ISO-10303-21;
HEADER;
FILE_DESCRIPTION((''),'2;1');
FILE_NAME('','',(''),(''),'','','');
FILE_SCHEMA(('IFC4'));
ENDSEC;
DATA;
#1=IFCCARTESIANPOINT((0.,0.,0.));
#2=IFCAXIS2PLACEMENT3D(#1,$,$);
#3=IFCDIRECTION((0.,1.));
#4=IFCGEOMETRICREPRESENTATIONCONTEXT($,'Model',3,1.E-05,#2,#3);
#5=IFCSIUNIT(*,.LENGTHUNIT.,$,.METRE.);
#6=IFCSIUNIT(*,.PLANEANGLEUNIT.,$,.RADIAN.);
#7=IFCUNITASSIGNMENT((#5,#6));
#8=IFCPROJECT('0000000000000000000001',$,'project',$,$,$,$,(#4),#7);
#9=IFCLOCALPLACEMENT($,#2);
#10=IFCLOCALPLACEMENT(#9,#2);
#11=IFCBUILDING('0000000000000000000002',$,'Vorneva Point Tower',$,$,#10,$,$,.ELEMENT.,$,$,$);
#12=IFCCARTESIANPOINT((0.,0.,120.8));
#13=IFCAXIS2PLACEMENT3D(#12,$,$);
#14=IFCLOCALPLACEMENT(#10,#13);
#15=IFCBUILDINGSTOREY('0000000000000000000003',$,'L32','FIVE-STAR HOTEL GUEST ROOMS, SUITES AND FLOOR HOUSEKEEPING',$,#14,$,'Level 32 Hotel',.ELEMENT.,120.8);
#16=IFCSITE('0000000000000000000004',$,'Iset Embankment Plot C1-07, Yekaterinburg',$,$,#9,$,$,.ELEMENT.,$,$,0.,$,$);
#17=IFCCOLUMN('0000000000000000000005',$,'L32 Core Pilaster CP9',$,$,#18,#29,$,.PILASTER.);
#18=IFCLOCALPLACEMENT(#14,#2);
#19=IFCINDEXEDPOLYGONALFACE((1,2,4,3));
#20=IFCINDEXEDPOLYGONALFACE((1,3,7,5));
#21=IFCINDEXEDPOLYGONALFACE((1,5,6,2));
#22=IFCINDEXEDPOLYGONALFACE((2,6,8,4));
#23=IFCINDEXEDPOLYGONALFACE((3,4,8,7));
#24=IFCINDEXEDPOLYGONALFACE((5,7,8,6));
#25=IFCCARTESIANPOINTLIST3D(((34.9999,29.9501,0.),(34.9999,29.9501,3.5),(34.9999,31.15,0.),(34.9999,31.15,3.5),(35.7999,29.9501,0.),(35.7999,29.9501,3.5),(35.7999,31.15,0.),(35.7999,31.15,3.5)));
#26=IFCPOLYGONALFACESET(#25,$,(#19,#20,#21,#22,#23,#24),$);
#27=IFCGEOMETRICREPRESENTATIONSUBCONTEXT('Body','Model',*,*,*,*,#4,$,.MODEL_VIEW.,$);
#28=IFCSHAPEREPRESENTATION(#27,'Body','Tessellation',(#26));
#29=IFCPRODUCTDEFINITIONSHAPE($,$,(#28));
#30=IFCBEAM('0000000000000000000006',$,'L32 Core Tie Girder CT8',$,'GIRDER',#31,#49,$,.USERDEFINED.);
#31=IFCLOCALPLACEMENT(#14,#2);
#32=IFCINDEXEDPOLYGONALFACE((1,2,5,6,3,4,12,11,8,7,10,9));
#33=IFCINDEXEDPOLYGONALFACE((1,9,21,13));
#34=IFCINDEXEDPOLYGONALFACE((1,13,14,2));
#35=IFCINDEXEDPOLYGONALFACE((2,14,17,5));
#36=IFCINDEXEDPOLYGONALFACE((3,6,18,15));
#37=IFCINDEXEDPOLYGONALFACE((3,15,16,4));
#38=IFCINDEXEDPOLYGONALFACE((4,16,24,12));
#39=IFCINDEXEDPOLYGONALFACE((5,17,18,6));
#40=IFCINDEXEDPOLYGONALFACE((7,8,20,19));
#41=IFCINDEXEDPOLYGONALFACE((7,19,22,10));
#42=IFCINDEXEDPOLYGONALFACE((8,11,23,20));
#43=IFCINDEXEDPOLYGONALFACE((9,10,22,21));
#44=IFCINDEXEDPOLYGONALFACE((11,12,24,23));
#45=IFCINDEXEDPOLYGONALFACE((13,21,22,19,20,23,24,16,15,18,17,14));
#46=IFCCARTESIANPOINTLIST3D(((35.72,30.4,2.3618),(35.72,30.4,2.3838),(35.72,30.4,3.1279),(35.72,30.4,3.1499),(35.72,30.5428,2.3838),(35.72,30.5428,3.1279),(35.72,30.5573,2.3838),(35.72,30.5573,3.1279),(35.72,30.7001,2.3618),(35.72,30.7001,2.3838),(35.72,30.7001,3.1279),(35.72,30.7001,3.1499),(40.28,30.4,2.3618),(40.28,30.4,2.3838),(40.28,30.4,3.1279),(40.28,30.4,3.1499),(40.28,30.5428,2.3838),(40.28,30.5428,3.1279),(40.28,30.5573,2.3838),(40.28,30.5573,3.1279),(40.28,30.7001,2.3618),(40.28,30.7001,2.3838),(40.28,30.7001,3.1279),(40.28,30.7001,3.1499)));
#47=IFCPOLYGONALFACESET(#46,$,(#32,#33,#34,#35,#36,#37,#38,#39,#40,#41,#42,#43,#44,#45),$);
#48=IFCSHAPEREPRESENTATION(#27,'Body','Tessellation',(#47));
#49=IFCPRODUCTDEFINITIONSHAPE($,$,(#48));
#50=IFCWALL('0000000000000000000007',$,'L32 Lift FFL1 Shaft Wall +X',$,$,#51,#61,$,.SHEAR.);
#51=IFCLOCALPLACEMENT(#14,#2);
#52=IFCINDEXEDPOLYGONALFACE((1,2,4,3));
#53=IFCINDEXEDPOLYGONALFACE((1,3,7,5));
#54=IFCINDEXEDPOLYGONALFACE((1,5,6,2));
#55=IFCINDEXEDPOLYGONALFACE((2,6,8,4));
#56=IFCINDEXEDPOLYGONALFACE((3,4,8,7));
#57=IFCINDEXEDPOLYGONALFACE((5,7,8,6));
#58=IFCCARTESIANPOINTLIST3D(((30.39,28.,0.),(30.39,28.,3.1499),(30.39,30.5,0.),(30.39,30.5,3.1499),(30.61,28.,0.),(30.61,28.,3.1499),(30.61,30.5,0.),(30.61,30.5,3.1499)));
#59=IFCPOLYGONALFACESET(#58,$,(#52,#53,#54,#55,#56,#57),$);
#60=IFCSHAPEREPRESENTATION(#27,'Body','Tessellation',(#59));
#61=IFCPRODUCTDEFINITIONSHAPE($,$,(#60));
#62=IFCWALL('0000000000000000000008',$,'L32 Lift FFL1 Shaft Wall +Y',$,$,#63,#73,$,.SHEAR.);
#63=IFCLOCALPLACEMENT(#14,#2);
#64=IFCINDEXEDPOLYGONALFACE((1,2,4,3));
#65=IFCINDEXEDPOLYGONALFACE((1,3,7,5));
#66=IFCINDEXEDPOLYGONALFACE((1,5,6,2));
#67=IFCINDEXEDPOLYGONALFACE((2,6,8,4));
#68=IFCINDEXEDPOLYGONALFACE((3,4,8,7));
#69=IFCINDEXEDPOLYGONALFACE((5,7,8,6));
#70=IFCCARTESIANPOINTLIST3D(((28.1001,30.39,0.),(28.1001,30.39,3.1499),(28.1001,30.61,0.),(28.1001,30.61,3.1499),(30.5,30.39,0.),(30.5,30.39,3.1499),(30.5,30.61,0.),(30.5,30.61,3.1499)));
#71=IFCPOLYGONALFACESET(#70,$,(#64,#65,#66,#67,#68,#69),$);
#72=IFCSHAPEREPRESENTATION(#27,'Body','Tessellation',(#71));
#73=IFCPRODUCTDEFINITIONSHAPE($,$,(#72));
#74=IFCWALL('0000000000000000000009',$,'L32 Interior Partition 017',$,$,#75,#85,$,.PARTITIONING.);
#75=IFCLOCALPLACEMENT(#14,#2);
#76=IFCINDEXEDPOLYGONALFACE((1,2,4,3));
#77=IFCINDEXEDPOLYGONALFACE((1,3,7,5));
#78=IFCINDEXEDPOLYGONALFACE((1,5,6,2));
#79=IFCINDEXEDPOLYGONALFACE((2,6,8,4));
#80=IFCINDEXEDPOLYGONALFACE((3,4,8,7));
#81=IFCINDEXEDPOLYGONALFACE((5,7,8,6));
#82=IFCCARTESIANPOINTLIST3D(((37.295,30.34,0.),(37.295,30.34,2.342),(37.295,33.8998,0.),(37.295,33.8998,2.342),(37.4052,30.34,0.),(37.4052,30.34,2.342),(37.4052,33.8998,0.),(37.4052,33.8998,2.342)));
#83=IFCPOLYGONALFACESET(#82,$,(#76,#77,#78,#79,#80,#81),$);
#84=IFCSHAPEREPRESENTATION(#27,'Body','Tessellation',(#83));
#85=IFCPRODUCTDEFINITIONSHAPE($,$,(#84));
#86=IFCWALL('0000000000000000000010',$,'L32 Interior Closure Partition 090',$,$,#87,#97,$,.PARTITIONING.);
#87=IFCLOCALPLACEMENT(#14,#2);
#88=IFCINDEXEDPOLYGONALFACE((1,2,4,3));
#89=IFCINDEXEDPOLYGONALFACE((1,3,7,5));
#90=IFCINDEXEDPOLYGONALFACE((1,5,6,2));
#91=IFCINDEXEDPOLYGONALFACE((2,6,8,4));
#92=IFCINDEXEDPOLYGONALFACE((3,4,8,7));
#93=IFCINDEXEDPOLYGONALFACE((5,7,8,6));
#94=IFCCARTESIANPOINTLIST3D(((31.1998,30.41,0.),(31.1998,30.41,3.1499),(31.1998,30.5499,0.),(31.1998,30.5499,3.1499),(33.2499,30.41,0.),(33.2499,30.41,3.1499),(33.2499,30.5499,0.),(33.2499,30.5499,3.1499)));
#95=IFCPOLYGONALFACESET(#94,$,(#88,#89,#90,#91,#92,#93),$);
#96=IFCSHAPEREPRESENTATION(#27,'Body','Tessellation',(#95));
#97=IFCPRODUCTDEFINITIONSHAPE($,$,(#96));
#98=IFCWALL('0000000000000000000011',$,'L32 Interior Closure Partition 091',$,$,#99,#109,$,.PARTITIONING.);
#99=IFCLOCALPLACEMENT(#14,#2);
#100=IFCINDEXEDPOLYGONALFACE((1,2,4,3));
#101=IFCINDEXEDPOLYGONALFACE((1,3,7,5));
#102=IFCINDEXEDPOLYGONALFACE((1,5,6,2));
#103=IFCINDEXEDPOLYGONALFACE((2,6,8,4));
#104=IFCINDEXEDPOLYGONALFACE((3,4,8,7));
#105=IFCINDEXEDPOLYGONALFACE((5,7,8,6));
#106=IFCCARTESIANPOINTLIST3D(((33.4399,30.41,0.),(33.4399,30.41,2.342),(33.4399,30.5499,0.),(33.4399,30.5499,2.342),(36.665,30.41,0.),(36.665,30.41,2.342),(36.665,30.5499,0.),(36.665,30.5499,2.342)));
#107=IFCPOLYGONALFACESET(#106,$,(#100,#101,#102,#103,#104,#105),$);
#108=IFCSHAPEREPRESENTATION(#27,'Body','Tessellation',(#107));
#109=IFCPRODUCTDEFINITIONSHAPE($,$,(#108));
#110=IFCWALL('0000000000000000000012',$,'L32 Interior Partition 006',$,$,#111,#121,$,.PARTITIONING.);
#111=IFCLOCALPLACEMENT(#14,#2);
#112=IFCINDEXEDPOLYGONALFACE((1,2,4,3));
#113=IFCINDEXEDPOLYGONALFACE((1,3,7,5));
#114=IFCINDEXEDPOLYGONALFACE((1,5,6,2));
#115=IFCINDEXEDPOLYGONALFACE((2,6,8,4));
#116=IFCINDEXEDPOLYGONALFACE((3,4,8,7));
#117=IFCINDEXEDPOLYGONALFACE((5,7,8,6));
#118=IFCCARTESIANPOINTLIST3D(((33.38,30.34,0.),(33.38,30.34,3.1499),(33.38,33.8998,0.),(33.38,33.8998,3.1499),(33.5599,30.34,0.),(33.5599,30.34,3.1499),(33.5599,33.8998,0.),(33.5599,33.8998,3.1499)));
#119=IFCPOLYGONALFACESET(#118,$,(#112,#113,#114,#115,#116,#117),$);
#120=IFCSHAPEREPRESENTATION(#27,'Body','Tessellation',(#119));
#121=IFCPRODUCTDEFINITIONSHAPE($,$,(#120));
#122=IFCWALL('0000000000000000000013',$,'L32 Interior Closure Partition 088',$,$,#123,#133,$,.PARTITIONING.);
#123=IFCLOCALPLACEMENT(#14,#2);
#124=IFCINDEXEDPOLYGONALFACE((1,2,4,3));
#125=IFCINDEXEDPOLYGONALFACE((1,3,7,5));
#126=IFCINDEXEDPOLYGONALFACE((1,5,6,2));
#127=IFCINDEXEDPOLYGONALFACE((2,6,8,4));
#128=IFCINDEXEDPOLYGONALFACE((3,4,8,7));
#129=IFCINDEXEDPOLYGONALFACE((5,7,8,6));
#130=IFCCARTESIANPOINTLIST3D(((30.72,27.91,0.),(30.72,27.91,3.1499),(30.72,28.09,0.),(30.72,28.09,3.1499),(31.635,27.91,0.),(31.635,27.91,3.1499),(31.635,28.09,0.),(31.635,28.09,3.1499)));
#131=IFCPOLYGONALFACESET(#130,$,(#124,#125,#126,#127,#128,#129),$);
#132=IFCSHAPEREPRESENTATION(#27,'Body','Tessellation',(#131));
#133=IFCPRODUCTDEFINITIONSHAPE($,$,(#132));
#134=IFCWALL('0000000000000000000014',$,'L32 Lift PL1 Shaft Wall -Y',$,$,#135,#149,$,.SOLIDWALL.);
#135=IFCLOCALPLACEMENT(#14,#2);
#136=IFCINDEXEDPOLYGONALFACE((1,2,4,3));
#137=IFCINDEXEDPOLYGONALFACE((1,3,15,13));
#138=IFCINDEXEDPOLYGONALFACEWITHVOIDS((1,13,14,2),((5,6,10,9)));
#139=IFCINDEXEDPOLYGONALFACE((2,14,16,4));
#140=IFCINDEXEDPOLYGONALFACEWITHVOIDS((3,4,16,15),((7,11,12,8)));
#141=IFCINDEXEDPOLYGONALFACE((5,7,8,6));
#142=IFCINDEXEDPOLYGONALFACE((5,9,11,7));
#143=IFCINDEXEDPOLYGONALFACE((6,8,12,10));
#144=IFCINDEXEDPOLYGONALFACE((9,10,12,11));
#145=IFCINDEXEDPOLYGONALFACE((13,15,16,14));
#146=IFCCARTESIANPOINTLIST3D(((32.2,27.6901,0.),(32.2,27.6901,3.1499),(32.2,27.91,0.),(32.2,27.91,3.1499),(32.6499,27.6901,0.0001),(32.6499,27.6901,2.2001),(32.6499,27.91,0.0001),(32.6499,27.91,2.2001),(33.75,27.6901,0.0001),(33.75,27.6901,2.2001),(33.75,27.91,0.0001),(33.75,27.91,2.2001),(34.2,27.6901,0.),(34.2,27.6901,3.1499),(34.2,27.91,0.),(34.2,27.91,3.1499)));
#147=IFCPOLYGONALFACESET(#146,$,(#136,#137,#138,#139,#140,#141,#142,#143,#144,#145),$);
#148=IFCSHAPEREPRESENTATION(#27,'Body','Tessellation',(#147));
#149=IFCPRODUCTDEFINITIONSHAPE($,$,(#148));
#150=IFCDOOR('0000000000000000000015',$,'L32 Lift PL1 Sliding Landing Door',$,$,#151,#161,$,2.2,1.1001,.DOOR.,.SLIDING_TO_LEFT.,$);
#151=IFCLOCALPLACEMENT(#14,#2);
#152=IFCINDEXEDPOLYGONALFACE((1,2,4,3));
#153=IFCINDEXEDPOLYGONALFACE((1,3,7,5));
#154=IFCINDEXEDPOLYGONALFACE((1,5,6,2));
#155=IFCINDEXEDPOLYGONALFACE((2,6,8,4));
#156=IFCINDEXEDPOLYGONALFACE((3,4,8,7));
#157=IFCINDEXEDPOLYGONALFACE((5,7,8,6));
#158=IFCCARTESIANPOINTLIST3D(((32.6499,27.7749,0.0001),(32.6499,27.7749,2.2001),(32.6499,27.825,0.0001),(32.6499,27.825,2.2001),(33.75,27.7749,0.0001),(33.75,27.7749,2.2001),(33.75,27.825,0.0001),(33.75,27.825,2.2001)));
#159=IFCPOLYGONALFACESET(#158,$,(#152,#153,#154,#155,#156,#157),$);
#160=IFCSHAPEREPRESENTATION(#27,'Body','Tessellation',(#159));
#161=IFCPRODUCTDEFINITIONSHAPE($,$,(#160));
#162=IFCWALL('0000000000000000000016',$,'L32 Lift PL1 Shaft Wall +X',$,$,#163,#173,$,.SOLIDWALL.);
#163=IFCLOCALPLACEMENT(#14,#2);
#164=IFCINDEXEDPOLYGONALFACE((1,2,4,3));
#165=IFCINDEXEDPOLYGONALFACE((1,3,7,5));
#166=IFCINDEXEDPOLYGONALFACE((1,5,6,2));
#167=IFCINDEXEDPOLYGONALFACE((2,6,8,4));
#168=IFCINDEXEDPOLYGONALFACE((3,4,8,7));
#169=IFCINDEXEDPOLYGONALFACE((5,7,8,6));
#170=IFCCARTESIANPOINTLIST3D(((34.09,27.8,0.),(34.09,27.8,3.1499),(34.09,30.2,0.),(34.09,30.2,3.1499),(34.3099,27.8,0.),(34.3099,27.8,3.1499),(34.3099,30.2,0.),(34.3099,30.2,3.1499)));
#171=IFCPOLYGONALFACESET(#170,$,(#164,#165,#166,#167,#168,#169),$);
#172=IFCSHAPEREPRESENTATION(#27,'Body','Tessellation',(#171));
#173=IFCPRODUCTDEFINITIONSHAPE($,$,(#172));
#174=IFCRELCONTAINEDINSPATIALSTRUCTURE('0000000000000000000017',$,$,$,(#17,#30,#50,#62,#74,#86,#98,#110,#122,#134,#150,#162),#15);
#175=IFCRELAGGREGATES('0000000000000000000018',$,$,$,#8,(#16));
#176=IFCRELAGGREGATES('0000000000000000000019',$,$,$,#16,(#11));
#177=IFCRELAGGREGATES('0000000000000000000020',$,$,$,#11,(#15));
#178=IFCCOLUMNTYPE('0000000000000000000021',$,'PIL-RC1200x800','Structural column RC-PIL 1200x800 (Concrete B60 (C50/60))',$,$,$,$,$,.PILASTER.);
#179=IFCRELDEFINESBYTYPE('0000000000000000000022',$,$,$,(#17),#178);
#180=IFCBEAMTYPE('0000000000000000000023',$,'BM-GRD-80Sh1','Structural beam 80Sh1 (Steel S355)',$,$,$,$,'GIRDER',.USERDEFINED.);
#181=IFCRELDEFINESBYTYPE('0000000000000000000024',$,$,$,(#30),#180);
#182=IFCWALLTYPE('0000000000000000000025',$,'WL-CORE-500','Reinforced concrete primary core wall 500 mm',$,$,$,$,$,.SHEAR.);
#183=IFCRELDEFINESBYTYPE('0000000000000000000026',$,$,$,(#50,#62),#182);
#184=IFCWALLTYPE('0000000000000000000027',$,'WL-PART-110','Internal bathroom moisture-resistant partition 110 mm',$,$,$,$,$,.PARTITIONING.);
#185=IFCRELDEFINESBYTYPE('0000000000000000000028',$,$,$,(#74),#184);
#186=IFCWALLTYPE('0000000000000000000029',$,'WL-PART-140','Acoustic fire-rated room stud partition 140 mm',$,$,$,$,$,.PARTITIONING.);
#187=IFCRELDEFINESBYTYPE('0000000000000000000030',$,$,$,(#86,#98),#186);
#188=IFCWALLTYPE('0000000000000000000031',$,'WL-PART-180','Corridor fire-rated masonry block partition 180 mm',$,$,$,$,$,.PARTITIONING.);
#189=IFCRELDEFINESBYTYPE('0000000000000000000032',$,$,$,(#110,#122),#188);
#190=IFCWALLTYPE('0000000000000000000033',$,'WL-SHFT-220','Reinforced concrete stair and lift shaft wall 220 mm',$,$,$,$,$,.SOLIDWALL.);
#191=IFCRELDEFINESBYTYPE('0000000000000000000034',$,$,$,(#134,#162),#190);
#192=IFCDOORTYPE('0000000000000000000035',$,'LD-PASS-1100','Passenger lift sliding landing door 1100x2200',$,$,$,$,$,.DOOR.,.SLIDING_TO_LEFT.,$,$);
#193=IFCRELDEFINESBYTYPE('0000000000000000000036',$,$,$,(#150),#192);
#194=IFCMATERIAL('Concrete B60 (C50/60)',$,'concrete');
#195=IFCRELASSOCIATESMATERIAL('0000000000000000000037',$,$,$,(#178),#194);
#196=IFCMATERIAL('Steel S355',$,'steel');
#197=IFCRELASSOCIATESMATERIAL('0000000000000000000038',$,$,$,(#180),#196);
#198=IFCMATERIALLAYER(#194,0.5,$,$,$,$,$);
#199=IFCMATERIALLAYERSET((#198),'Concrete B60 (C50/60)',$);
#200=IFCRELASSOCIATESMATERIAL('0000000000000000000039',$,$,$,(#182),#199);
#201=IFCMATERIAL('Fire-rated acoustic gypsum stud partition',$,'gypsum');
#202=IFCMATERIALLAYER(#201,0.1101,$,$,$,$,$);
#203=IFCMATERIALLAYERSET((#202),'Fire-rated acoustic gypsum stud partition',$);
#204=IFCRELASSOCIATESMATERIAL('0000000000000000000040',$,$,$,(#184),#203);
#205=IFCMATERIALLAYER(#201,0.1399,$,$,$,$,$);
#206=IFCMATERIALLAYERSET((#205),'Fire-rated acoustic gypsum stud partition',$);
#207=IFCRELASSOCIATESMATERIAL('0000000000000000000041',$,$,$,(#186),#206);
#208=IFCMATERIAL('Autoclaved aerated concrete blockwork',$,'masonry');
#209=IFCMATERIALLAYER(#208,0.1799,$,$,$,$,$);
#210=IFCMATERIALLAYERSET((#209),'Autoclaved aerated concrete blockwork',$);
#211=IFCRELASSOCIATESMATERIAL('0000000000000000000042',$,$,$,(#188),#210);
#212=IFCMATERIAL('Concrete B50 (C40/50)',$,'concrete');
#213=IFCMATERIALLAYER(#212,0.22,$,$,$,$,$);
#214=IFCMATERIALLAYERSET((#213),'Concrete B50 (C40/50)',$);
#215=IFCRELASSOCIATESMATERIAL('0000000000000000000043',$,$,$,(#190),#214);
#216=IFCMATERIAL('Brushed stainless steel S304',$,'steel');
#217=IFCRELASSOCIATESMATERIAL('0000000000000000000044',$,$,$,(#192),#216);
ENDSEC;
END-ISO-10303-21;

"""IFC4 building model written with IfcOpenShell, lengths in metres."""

from ifc_helpers import new_model, si_unit, direction, frame, frame_2d, origin, origin_2d, place, context, subcontext, project, spatial, rectangle, i_section, extrude, material, layer, layer_set, material_profile, profile_set, type_object, element, fill, save


model = new_model("IFC4")

# Units and contexts
model_context = context("Model", 3, precision=1e-05, world=origin(), true_north=direction((0.0, 1.0)))
body_context = subcontext(model_context, "Body", "Model", "MODEL_VIEW")
ifc_project = project(units=[si_unit("LENGTHUNIT", "METRE"), si_unit("PLANEANGLEUNIT", "RADIAN")], contexts=[model_context])

# Site, building, storey
site_placement = place(None, origin())
site = spatial("IfcSite", under=ifc_project, at=site_placement, Name="Iset Embankment Plot C1-07, Yekaterinburg", CompositionType="ELEMENT", RefElevation=0.0)
building_placement = place(site_placement, origin())
building = spatial("IfcBuilding", under=site, at=building_placement, Name="Vorneva Point Tower", CompositionType="ELEMENT")
storey_placement = place(building_placement, frame((0.0, 0.0, 120.8)))
storey = spatial("IfcBuildingStorey", under=building, at=storey_placement, Name="L32", Description="FIVE-STAR HOTEL GUEST ROOMS, SUITES AND FLOOR HOUSEKEEPING", LongName="Level 32 Hotel", CompositionType="ELEMENT", Elevation=120.8)

# Column
ifc_material_1 = material(Name="Concrete B60 (C50/60)", Category="concrete")
ifc_material_profile_1 = material_profile(ifc_material_1, rectangle(XDim=0.8, YDim=1.2, at=origin_2d()), Name="RC-PIL 1200x800")
ifc_profile_set_1 = profile_set([ifc_material_profile_1], Name="Concrete B60 (C50/60)")
column_type = type_object("IfcColumnType", Name="PIL-RC1200x800", Description="Structural column RC-PIL 1200x800 (Concrete B60 (C50/60))", PredefinedType="PILASTER", material=ifc_profile_set_1)
column_placement = place(storey_placement, frame((35.3999, 30.55, 0.0), z_axis=(0.0, 0.0, 1.0), x_axis=(1.0, 0.0, 0.0)))
element("IfcColumn", 1, at=column_placement, inside=storey, type_object=column_type, Name="L32 Core Pilaster CP9", PredefinedType="PILASTER", context=body_context, shape_type="SweptSolid", body=[
    extrude(rectangle(XDim=0.8, YDim=1.2, at=origin_2d()), origin(), (0.0, 0.0, 1.0), 3.5),
])

# Beam
ifc_material_2 = material(Name="Steel S355", Category="steel")
ifc_material_profile_2 = material_profile(ifc_material_2, i_section(OverallWidth=0.3, OverallDepth=0.7881, WebThickness=0.0144, FlangeThickness=0.022, at=origin_2d()), Name="80Sh1")
ifc_profile_set_2 = profile_set([ifc_material_profile_2], Name="Steel S355")
beam_type = type_object("IfcBeamType", Name="BM-GRD-80Sh1", Description="Structural beam 80Sh1 (Steel S355)", ElementType="GIRDER", PredefinedType="USERDEFINED", material=ifc_profile_set_2)
beam_placement = place(storey_placement, frame((35.72, 30.55, 2.7559), z_axis=(1.0, 0.0, 0.0), x_axis=(0.0, 1.0, 0.0)))
element("IfcBeam", 2, at=beam_placement, inside=storey, type_object=beam_type, Name="L32 Core Tie Girder CT8", ObjectType="GIRDER", PredefinedType="USERDEFINED", context=body_context, shape_type="SweptSolid", body=[
    extrude(i_section(OverallWidth=0.3, OverallDepth=0.7881, WebThickness=0.0144, FlangeThickness=0.022, at=origin_2d()), origin(), (0.0, 0.0, 1.0), 4.5601),
])

# Walls
ifc_layer_1 = layer(ifc_material_1, 0.5)
ifc_layer_set_1 = layer_set([ifc_layer_1], Name="Concrete B60 (C50/60)")
wall_type_1 = type_object("IfcWallType", Name="WL-CORE-500", Description="Reinforced concrete primary core wall 500 mm", PredefinedType="SHEAR", material=ifc_layer_set_1)
wall_1_placement = place(storey_placement, frame((30.5, 28.0, 0.0), z_axis=(0.0, 0.0, 1.0), x_axis=(0.0, 1.0, 0.0)))
element("IfcWall", 3, at=wall_1_placement, inside=storey, type_object=wall_type_1, Name="L32 Lift FFL1 Shaft Wall +X", PredefinedType="SHEAR", context=body_context, shape_type="SweptSolid", body=[
    extrude(rectangle(XDim=2.5, YDim=0.22, at=frame_2d((1.25, 0.0))), origin(), (0.0, 0.0, 1.0), 3.1499),
])
wall_2_placement = place(storey_placement, frame((30.5, 30.5, 0.0), z_axis=(0.0, 0.0, 1.0), x_axis=(-1.0, 0.0, 0.0)))
element("IfcWall", 4, at=wall_2_placement, inside=storey, type_object=wall_type_1, Name="L32 Lift FFL1 Shaft Wall +Y", PredefinedType="SHEAR", context=body_context, shape_type="SweptSolid", body=[
    extrude(rectangle(XDim=2.3999, YDim=0.22, at=frame_2d((1.2, 0.0))), origin(), (0.0, 0.0, 1.0), 3.1499),
])
ifc_material_3 = material(Name="Fire-rated acoustic gypsum stud partition", Category="gypsum")
ifc_layer_2 = layer(ifc_material_3, 0.1101)
ifc_layer_set_2 = layer_set([ifc_layer_2], Name="Fire-rated acoustic gypsum stud partition")
wall_type_2 = type_object("IfcWallType", Name="WL-PART-110", Description="Internal bathroom moisture-resistant partition 110 mm", PredefinedType="PARTITIONING", material=ifc_layer_set_2)
wall_3_placement = place(storey_placement, frame((37.3501, 30.3401, 0.0), z_axis=(0.0, 0.0, 1.0), x_axis=(0.0, 1.0, 0.0)))
element("IfcWall", 5, at=wall_3_placement, inside=storey, type_object=wall_type_2, Name="L32 Interior Partition 017", PredefinedType="PARTITIONING", context=body_context, shape_type="SweptSolid", body=[
    extrude(rectangle(XDim=3.5598, YDim=0.1101, at=frame_2d((1.7798, 0.0))), origin(), (0.0, 0.0, 1.0), 2.342),
])
ifc_layer_3 = layer(ifc_material_3, 0.1399)
ifc_layer_set_3 = layer_set([ifc_layer_3], Name="Fire-rated acoustic gypsum stud partition")
wall_type_3 = type_object("IfcWallType", Name="WL-PART-140", Description="Acoustic fire-rated room stud partition 140 mm", PredefinedType="PARTITIONING", material=ifc_layer_set_3)
wall_4_placement = place(storey_placement, frame((31.2, 30.48, 0.0), z_axis=(0.0, 0.0, 1.0), x_axis=(1.0, 0.0, 0.0)))
element("IfcWall", 6, at=wall_4_placement, inside=storey, type_object=wall_type_3, Name="L32 Interior Closure Partition 090", PredefinedType="PARTITIONING", context=body_context, shape_type="SweptSolid", body=[
    extrude(rectangle(XDim=2.05, YDim=0.1399, at=frame_2d((1.0249, 0.0))), origin(), (0.0, 0.0, 1.0), 3.1499),
])
wall_5_placement = place(storey_placement, frame((33.4399, 30.48, 0.0), z_axis=(0.0, 0.0, 1.0), x_axis=(1.0, 0.0, 0.0)))
element("IfcWall", 7, at=wall_5_placement, inside=storey, type_object=wall_type_3, Name="L32 Interior Closure Partition 091", PredefinedType="PARTITIONING", context=body_context, shape_type="SweptSolid", body=[
    extrude(rectangle(XDim=3.2251, YDim=0.1399, at=frame_2d((1.6125, 0.0))), origin(), (0.0, 0.0, 1.0), 2.342),
])
ifc_material_4 = material(Name="Autoclaved aerated concrete blockwork", Category="masonry")
ifc_layer_4 = layer(ifc_material_4, 0.1799)
ifc_layer_set_4 = layer_set([ifc_layer_4], Name="Autoclaved aerated concrete blockwork")
wall_type_4 = type_object("IfcWallType", Name="WL-PART-180", Description="Corridor fire-rated masonry block partition 180 mm", PredefinedType="PARTITIONING", material=ifc_layer_set_4)
wall_6_placement = place(storey_placement, frame((33.47, 30.3401, 0.0), z_axis=(0.0, 0.0, 1.0), x_axis=(0.0, 1.0, 0.0)))
element("IfcWall", 8, at=wall_6_placement, inside=storey, type_object=wall_type_4, Name="L32 Interior Partition 006", PredefinedType="PARTITIONING", context=body_context, shape_type="SweptSolid", body=[
    extrude(rectangle(XDim=3.5598, YDim=0.1799, at=frame_2d((1.7798, 0.0))), origin(), (0.0, 0.0, 1.0), 3.1499),
])
wall_7_placement = place(storey_placement, frame((31.635, 28.0, 0.0), z_axis=(0.0, 0.0, 1.0), x_axis=(-1.0, 0.0, 0.0)))
element("IfcWall", 9, at=wall_7_placement, inside=storey, type_object=wall_type_4, Name="L32 Interior Closure Partition 088", PredefinedType="PARTITIONING", context=body_context, shape_type="SweptSolid", body=[
    extrude(rectangle(XDim=0.915, YDim=0.1799, at=frame_2d((0.4575, 0.0))), origin(), (0.0, 0.0, 1.0), 3.1499),
])

# Wall, opening, door
ifc_material_5 = material(Name="Concrete B50 (C40/50)", Category="concrete")
ifc_layer_5 = layer(ifc_material_5, 0.22)
ifc_layer_set_5 = layer_set([ifc_layer_5], Name="Concrete B50 (C40/50)")
wall_type_5 = type_object("IfcWallType", Name="WL-SHFT-220", Description="Reinforced concrete stair and lift shaft wall 220 mm", PredefinedType="SOLIDWALL", material=ifc_layer_set_5)
wall_8_placement = place(storey_placement, frame((32.2, 27.8, 0.0), z_axis=(0.0, 0.0, 1.0), x_axis=(1.0, 0.0, 0.0)))
wall_8 = element("IfcWall", 10, at=wall_8_placement, inside=storey, type_object=wall_type_5, Name="L32 Lift PL1 Shaft Wall -Y", PredefinedType="SOLIDWALL", context=body_context, shape_type="SweptSolid", body=[
    extrude(rectangle(XDim=2.0, YDim=0.22, at=frame_2d((1.0, 0.0))), origin(), (0.0, 0.0, 1.0), 3.1499),
])
opening_1_placement = place(wall_8_placement, frame((0.45, 0.0, 0.0)))
opening_1 = element("IfcOpeningElement", 11, at=opening_1_placement, cuts=wall_8, PredefinedType="OPENING", context=body_context, shape_type="SweptSolid", body=[
    extrude(rectangle(XDim=1.1001, YDim=2.2, at=frame_2d((0.55, 1.1001))), frame((0.0, 0.125, 0.0), z_axis=(0.0, -1.0, 0.0), x_axis=(1.0, 0.0, 0.0)), (0.0, 0.0, 1.0), 0.2498),
])
ifc_material_6 = material(Name="Brushed stainless steel S304", Category="steel")
door_type = type_object("IfcDoorType", Name="LD-PASS-1100", Description="Passenger lift sliding landing door 1100x2200", OperationType="SLIDING_TO_LEFT", PredefinedType="DOOR", material=ifc_material_6)
door_1_placement = place(opening_1_placement, origin())
door_1 = element("IfcDoor", 12, at=door_1_placement, inside=storey, type_object=door_type, Name="L32 Lift PL1 Sliding Landing Door", OperationType="SLIDING_TO_LEFT", OverallHeight=2.2, OverallWidth=1.1001, PredefinedType="DOOR", context=body_context, shape_type="SweptSolid", body=[
    extrude(rectangle(XDim=1.1001, YDim=2.2, at=frame_2d((0.55, 1.1001))), frame((0.0, 0.0249, 0.0), z_axis=(0.0, -1.0, 0.0), x_axis=(1.0, 0.0, 0.0)), (0.0, 0.0, 1.0), 0.05),
])
fill(opening_1, door_1)

# Wall
wall_9_placement = place(storey_placement, frame((34.2, 27.8, 0.0), z_axis=(0.0, 0.0, 1.0), x_axis=(0.0, 1.0, 0.0)))
element("IfcWall", 13, at=wall_9_placement, inside=storey, type_object=wall_type_5, Name="L32 Lift PL1 Shaft Wall +X", PredefinedType="SOLIDWALL", context=body_context, shape_type="SweptSolid", body=[
    extrude(rectangle(XDim=2.3999, YDim=0.22, at=frame_2d((1.2, 0.0))), origin(), (0.0, 0.0, 1.0), 3.1499),
])

save(model, "model.ifc")
